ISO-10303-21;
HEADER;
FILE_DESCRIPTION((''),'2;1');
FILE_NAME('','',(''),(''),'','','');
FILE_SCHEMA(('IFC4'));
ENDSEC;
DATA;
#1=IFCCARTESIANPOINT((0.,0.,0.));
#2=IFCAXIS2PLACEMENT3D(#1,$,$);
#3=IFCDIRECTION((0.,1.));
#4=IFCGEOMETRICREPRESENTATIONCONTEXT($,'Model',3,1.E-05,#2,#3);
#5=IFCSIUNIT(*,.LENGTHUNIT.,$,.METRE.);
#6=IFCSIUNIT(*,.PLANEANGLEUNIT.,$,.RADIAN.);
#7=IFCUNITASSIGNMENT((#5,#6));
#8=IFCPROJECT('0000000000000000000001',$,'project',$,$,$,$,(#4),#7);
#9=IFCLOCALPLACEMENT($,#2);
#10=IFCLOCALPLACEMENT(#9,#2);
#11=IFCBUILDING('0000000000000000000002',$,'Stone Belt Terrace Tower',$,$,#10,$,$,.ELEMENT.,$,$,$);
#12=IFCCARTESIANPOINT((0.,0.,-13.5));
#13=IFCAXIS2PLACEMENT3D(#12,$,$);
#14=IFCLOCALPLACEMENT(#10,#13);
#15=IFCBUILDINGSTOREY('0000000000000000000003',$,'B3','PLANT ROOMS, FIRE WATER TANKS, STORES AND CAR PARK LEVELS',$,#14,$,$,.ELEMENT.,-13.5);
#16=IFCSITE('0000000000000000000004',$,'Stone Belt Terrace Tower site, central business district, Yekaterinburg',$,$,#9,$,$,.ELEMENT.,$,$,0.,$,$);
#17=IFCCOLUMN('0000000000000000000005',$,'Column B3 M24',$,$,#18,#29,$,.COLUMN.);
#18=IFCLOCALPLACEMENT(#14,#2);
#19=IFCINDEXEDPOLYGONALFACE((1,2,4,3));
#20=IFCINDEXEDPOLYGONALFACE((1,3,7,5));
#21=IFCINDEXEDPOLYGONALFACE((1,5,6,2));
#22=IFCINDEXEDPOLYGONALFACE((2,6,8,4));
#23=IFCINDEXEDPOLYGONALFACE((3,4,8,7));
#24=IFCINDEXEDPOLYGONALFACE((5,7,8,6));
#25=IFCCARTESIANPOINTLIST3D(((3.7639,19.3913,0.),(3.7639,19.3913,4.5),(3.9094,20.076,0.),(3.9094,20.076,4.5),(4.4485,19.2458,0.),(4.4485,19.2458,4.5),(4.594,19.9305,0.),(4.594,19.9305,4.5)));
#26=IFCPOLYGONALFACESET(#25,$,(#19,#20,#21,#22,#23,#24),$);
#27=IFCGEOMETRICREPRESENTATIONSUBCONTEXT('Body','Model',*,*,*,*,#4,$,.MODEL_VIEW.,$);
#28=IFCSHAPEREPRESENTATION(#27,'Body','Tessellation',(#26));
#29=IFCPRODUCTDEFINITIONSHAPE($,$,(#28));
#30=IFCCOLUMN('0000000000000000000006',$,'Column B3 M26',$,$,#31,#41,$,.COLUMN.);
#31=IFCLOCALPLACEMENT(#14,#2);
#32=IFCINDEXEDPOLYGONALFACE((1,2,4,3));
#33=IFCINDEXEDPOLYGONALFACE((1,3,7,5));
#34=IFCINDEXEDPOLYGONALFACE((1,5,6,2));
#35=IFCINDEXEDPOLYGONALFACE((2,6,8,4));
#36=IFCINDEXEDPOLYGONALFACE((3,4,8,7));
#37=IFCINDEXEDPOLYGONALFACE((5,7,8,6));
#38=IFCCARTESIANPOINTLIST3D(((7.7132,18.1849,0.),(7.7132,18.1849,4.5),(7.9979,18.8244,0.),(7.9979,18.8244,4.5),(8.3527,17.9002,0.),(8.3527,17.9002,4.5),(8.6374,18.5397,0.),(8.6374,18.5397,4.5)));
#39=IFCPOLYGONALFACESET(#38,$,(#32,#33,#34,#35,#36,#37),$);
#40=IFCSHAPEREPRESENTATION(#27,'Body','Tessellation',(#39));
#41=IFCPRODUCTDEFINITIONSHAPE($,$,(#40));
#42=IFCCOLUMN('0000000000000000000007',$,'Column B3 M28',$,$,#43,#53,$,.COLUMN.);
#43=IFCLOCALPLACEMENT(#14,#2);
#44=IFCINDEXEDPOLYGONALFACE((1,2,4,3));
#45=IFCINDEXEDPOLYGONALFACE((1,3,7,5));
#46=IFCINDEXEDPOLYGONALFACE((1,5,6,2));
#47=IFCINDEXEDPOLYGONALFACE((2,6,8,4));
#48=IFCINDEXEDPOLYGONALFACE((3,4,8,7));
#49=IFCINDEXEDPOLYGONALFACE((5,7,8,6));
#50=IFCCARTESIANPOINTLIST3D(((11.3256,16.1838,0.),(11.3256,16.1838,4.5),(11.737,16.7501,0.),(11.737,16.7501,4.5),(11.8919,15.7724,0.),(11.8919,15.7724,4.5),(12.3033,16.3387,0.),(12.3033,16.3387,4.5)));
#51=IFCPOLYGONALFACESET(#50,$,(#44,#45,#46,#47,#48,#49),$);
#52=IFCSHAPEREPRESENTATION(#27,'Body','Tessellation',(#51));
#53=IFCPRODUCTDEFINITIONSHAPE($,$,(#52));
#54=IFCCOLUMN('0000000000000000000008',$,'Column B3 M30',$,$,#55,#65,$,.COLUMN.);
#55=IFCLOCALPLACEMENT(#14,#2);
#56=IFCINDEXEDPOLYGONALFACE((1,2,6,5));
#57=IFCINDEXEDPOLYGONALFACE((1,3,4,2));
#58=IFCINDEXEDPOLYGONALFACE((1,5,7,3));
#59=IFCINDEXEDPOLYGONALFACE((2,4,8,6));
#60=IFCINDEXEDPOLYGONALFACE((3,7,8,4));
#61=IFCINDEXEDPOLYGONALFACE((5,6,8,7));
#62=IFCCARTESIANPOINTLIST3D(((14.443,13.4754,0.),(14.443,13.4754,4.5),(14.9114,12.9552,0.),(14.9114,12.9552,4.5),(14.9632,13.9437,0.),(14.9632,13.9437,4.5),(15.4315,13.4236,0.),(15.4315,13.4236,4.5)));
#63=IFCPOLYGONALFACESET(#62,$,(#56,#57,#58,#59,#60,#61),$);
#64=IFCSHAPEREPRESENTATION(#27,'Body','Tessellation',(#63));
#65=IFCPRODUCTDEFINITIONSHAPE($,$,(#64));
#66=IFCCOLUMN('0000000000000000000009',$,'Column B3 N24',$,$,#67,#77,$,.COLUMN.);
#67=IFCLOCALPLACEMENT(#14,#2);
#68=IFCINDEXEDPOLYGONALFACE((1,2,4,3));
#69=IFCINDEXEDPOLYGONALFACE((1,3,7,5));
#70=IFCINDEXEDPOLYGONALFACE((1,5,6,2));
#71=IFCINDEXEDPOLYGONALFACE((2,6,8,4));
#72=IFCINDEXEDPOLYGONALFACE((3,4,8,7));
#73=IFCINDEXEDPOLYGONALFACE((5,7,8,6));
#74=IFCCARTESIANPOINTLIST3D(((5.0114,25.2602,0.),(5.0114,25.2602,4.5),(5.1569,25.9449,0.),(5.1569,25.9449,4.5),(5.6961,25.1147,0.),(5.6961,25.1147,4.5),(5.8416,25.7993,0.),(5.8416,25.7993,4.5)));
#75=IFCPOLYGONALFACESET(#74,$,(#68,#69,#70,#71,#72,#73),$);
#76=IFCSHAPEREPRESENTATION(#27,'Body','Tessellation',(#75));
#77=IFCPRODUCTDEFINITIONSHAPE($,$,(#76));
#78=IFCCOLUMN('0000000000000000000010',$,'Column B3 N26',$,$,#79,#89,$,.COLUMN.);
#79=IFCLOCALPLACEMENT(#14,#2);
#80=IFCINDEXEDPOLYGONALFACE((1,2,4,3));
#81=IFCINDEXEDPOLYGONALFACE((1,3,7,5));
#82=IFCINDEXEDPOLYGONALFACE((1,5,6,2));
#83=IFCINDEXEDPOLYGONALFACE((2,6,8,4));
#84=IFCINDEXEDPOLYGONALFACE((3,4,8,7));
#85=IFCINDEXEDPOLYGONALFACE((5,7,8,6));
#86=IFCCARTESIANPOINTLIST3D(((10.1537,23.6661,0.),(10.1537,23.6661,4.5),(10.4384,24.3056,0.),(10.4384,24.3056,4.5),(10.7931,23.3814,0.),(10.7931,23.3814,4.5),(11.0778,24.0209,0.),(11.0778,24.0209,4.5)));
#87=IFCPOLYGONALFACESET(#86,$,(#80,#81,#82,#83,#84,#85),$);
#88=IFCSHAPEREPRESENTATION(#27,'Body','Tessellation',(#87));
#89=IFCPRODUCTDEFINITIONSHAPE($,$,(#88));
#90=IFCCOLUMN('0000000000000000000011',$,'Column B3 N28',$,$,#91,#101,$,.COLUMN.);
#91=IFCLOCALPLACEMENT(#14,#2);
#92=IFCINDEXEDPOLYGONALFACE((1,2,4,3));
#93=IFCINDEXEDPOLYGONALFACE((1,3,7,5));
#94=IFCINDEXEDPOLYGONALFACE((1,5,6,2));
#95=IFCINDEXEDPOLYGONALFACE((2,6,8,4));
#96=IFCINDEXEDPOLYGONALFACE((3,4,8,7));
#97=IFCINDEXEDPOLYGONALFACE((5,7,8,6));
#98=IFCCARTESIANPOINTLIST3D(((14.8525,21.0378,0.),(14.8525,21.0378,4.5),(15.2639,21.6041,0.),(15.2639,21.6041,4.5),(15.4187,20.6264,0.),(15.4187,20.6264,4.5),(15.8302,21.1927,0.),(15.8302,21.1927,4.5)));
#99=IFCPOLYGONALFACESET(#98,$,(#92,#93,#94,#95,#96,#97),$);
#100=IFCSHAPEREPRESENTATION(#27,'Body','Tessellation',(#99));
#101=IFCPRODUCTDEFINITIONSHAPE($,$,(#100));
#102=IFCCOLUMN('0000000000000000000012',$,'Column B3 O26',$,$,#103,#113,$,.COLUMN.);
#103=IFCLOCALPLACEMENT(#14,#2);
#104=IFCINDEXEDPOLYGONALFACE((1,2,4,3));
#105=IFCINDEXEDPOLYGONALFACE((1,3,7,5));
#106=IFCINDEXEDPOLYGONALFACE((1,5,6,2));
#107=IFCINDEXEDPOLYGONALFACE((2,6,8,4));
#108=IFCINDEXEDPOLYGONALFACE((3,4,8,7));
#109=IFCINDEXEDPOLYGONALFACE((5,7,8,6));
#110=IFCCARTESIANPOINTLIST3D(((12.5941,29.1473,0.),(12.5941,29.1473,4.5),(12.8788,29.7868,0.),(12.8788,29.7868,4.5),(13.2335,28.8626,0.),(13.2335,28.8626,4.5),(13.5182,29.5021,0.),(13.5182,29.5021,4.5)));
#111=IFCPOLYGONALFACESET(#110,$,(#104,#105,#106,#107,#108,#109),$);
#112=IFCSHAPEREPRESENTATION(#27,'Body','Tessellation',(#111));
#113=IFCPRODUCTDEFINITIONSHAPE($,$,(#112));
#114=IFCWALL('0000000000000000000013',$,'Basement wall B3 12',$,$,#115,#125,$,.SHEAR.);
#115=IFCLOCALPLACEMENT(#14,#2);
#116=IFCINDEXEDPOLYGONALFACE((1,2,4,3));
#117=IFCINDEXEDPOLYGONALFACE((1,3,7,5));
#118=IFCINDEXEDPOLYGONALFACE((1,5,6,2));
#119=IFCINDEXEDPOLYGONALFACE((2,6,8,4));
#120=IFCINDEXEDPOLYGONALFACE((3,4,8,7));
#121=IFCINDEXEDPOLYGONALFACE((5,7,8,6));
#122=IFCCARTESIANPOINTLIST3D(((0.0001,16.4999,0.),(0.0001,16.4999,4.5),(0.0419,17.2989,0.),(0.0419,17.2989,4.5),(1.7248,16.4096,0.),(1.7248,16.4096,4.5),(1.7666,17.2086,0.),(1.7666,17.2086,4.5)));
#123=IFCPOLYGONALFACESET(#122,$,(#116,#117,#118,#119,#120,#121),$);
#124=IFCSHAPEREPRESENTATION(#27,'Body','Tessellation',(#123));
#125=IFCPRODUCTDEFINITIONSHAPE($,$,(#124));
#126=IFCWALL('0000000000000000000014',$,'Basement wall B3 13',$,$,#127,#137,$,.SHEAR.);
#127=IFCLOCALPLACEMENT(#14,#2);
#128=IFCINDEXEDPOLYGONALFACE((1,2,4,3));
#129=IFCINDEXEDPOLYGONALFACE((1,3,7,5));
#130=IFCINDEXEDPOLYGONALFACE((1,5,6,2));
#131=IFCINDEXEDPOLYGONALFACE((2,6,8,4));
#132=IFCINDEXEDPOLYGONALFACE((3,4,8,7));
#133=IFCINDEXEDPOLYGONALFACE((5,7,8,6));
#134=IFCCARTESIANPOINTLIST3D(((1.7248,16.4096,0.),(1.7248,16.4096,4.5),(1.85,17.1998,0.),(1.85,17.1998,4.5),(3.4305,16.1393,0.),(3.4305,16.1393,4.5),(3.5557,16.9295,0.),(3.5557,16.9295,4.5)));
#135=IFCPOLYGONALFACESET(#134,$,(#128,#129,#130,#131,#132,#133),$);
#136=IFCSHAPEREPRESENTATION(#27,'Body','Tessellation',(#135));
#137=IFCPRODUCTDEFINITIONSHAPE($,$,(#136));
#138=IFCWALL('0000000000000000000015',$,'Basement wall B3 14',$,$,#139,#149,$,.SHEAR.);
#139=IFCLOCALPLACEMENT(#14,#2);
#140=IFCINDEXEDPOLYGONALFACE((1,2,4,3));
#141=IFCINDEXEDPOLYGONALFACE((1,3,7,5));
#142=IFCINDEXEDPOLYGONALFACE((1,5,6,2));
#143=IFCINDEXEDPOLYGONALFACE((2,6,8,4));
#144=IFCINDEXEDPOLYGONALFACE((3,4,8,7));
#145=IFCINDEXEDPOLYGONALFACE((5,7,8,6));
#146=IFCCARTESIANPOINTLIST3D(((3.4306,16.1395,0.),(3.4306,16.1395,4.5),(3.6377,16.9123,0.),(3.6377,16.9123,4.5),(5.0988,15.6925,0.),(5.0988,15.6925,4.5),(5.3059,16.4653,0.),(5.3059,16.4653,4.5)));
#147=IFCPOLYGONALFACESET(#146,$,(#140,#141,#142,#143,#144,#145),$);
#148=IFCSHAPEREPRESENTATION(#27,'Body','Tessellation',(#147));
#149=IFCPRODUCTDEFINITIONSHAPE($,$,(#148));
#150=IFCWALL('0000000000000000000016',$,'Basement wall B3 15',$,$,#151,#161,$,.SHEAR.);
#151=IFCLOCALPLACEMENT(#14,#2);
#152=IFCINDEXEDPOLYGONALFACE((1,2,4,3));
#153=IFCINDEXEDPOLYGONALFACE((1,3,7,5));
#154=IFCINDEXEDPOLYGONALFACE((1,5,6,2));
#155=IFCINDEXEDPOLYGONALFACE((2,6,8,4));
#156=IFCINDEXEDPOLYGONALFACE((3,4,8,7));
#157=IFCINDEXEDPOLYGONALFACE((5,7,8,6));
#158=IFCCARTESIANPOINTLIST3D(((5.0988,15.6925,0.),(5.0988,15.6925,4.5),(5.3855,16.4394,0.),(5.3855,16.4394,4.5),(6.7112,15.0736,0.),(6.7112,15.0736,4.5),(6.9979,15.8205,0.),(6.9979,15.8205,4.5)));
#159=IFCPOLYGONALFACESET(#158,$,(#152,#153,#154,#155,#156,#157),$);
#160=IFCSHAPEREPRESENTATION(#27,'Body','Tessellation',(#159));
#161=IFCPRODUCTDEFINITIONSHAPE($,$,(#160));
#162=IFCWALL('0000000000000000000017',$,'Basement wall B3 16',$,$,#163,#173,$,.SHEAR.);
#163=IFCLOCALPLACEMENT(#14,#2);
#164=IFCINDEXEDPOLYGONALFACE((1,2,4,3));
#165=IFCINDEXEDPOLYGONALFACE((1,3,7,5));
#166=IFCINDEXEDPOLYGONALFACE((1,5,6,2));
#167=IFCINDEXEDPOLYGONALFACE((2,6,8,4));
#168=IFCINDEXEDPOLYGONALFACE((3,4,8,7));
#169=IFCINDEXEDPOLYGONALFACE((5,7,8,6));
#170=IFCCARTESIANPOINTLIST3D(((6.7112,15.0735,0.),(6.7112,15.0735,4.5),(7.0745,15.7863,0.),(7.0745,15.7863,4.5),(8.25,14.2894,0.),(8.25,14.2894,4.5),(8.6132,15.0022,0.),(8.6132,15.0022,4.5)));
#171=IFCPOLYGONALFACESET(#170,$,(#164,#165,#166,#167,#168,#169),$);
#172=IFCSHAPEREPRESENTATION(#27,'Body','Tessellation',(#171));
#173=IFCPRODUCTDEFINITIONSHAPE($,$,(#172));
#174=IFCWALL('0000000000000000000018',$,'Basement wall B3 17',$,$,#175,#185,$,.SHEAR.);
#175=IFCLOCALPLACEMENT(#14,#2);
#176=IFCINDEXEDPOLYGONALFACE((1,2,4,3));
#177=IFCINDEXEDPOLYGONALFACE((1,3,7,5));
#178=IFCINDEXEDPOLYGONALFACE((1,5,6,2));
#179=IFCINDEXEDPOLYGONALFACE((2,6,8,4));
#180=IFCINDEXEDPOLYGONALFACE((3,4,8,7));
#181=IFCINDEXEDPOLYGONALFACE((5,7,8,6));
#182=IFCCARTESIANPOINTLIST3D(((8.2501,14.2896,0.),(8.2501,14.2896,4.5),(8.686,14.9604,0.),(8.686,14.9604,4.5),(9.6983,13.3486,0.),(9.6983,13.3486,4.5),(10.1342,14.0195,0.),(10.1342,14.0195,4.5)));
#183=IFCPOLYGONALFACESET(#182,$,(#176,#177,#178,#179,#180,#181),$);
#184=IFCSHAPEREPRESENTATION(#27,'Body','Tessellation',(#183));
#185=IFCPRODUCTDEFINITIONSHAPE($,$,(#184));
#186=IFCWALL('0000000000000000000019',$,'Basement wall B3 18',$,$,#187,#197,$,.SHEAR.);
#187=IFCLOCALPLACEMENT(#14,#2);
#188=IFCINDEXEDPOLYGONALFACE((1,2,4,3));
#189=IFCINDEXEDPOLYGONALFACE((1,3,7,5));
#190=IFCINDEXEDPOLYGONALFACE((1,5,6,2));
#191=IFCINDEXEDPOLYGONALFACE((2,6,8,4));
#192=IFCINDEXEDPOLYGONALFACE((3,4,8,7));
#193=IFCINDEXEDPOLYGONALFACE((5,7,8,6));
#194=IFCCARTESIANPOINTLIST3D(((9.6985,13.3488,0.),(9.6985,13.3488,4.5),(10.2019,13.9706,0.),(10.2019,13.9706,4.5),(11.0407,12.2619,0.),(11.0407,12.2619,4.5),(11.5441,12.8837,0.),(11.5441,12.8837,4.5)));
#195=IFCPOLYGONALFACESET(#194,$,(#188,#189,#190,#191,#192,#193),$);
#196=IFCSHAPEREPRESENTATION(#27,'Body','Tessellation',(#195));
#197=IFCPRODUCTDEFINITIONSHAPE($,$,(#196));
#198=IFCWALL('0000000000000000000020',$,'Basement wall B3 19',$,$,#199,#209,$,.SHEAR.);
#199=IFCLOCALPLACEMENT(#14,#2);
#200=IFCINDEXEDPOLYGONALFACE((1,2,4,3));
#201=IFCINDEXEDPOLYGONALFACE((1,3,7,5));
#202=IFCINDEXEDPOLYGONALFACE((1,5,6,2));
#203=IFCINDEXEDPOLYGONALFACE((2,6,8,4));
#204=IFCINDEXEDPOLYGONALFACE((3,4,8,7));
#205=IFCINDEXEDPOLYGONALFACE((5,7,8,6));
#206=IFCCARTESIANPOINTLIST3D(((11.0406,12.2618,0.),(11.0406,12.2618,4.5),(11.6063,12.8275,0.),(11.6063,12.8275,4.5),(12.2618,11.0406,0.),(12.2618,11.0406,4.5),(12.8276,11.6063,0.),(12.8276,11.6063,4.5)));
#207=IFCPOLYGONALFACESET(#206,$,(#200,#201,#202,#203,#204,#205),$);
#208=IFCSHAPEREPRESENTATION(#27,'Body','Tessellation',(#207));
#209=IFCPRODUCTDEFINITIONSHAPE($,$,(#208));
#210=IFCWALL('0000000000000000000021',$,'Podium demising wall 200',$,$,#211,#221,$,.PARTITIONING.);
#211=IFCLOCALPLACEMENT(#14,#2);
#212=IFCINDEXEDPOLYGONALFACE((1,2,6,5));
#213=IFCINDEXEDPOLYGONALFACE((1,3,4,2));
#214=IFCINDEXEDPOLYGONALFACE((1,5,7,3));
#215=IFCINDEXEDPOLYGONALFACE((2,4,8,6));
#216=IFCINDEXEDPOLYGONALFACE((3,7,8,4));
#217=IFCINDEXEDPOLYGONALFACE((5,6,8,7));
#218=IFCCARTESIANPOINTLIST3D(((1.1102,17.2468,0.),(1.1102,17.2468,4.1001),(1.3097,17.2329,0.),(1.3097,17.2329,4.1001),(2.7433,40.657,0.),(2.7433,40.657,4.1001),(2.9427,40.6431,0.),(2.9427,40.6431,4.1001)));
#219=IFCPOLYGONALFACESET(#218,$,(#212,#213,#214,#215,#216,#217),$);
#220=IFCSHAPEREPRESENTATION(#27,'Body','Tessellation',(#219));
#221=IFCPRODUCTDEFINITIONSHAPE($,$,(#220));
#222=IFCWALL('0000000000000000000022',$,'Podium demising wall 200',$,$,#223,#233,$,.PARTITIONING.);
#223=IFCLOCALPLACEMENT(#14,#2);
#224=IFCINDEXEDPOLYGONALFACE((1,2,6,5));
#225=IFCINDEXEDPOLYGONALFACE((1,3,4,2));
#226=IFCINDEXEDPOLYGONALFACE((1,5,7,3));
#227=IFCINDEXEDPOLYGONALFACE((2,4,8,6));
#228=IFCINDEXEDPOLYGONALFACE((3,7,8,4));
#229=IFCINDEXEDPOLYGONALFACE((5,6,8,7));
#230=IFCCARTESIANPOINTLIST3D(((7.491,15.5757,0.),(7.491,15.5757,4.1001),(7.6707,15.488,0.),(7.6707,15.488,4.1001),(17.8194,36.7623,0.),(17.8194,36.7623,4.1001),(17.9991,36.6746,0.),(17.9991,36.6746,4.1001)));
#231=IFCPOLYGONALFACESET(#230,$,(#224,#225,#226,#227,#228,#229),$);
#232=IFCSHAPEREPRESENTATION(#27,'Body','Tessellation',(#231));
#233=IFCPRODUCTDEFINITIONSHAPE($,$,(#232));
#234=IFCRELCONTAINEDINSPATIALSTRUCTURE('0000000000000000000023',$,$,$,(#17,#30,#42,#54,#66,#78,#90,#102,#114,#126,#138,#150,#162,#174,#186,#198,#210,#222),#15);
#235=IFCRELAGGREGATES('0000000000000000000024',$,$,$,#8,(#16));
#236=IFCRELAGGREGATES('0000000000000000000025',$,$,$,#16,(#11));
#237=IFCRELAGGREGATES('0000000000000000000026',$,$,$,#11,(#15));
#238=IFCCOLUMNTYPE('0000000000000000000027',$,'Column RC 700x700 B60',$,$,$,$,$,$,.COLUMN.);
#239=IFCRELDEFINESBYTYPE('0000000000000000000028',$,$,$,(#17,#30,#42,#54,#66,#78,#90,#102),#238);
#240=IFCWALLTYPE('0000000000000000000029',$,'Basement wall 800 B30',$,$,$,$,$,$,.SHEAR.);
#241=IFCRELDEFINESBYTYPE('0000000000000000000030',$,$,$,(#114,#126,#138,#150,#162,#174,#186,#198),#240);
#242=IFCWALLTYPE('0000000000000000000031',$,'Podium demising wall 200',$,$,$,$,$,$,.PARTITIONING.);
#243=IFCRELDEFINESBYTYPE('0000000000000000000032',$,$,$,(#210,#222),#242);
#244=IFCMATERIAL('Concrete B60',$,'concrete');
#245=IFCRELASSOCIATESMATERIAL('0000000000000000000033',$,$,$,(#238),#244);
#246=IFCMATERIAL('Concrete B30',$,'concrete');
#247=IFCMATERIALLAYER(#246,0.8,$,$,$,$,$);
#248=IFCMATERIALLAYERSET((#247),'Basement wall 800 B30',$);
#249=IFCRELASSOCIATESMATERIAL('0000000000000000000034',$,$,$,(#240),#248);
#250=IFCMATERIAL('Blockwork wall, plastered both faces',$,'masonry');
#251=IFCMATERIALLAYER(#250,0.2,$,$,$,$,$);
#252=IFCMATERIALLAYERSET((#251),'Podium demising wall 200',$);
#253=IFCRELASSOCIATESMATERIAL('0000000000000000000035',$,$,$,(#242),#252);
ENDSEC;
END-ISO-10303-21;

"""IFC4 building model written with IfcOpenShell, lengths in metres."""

from ifc_helpers import new_model, si_unit, direction, frame, frame_2d, origin, origin_2d, place, context, subcontext, project, spatial, rectangle, extrude, material, layer, layer_set, material_profile, profile_set, type_object, element, save


model = new_model("IFC4")

# Units and contexts
model_context = context("Model", 3, precision=1e-05, world=origin(), true_north=direction((0.0, 1.0)))
body_context = subcontext(model_context, "Body", "Model", "MODEL_VIEW")
ifc_project = project(units=[si_unit("LENGTHUNIT", "METRE"), si_unit("PLANEANGLEUNIT", "RADIAN")], contexts=[model_context])

# Site, building, storey
site_placement = place(None, origin())
site = spatial("IfcSite", under=ifc_project, at=site_placement, Name="Stone Belt Terrace Tower site, central business district, Yekaterinburg", CompositionType="ELEMENT", RefElevation=0.0)
building_placement = place(site_placement, origin())
building = spatial("IfcBuilding", under=site, at=building_placement, Name="Stone Belt Terrace Tower", CompositionType="ELEMENT")
storey_placement = place(building_placement, frame((0.0, 0.0, -13.5)))
storey = spatial("IfcBuildingStorey", under=building, at=storey_placement, Name="B3", Description="PLANT ROOMS, FIRE WATER TANKS, STORES AND CAR PARK LEVELS", CompositionType="ELEMENT", Elevation=-13.5)

# Columns
ifc_material_1 = material(Name="Concrete B60", Category="concrete")
ifc_material_profile_1 = material_profile(ifc_material_1, rectangle(XDim=0.7, YDim=0.7, at=origin_2d()), Name="RC 700x700")
ifc_profile_set_1 = profile_set([ifc_material_profile_1], Name="Concrete B60")
column_type = type_object("IfcColumnType", Name="Column RC 700x700 B60", PredefinedType="COLUMN", material=ifc_profile_set_1)
for number, where, z_axis, x_axis, name in (
    (1, (4.179, 19.6609, 0.0), (0.0, 0.0, 1.0), (0.978148, -0.207912, 0.0), "Column B3 M24"),
    (2, (8.1753, 18.3623, 0.0), (0.0, 0.0, 1.0), (0.913545, -0.406737, 0.0), "Column B3 M26"),
    (3, (11.8145, 16.2612, 0.0), (0.0, 0.0, 1.0), (0.809017, -0.587785, 0.0), "Column B3 M28"),
    (4, (14.9373, 13.4495, 0.0), (0.0, 0.0, 1.0), (0.669131, -0.743145, 0.0), "Column B3 M30"),
    (5, (5.4265, 25.5298, 0.0), (0.0, 0.0, 1.0), (0.978148, -0.207912, 0.0), "Column B3 N24"),
    (6, (10.6157, 23.8435, 0.0), (0.0, 0.0, 1.0), (0.913545, -0.406737, 0.0), "Column B3 N26"),
    (7, (15.3413, 21.1152, 0.0), (0.0, 0.0, 1.0), (0.809017, -0.587785, 0.0), "Column B3 N28"),
    (8, (13.0562, 29.3247, 0.0), (0.0, 0.0, 1.0), (0.913545, -0.406737, 0.0), "Column B3 O26"),
):
    element("IfcColumn", number, at=place(storey_placement, frame(where, z_axis=z_axis, x_axis=x_axis)), inside=storey, type_object=column_type, Name=name, PredefinedType="COLUMN", context=body_context, shape_type="SweptSolid", body=[
        extrude(rectangle(XDim=0.7, YDim=0.7, at=origin_2d()), origin(), (0.0, 0.0, 1.0), 4.5),
    ])

# Walls
ifc_material_2 = material(Name="Concrete B30", Category="concrete")
ifc_layer_1 = layer(ifc_material_2, 0.8)
ifc_layer_set_1 = layer_set([ifc_layer_1], Name="Basement wall 800 B30")
wall_type_1 = type_object("IfcWallType", Name="Basement wall 800 B30", PredefinedType="SHEAR", material=ifc_layer_set_1)
for number, where, z_axis, x_axis, name in (
    (9, (0.021, 16.8994, 0.0), (0.0, 0.0, 1.0), (0.998631, -0.052307, 0.0), "Basement wall B3 12"),
    (10, (1.7874, 16.8047, 0.0), (0.0, 0.0, 1.0), (0.98768, -0.156485, 0.0), "Basement wall B3 13"),
    (11, (3.5342, 16.5259, 0.0), (0.0, 0.0, 1.0), (0.965922, -0.258833, 0.0), "Basement wall B3 14"),
    (12, (5.2422, 16.0659, 0.0), (0.0, 0.0, 1.0), (0.933582, -0.358363, 0.0), "Basement wall B3 15"),
    (13, (6.8928, 15.4299, 0.0), (0.0, 0.0, 1.0), (0.89098, -0.454042, 0.0), "Basement wall B3 16"),
    (14, (8.468, 14.625, 0.0), (0.0, 0.0, 1.0), (0.83856, -0.544809, 0.0), "Basement wall B3 17"),
    (15, (9.9502, 13.6597, 0.0), (0.0, 0.0, 1.0), (0.777159, -0.629304, 0.0), "Basement wall B3 18"),
    (16, (11.3235, 12.5447, 0.0), (0.0, 0.0, 1.0), (0.707107, -0.707107, 0.0), "Basement wall B3 19"),
):
    element("IfcWall", number, at=place(storey_placement, frame(where, z_axis=z_axis, x_axis=x_axis)), inside=storey, type_object=wall_type_1, Name=name, PredefinedType="SHEAR", context=body_context, shape_type="SweptSolid", body=[
        extrude(rectangle(XDim=1.7271, YDim=0.8, at=frame_2d((0.8635, 0.0))), origin(), (0.0, 0.0, 1.0), 4.5),
    ])
ifc_material_3 = material(Name="Blockwork wall, plastered both faces", Category="masonry")
ifc_layer_2 = layer(ifc_material_3, 0.2)
ifc_layer_set_2 = layer_set([ifc_layer_2], Name="Podium demising wall 200")
wall_type_2 = type_object("IfcWallType", Name="Podium demising wall 200", PredefinedType="PARTITIONING", material=ifc_layer_set_2)
wall_1_placement = place(storey_placement, frame((1.21, 17.24, 0.0), z_axis=(0.0, 0.0, 1.0), x_axis=(0.069589, 0.997576, 0.0)))
element("IfcWall", 17, at=wall_1_placement, inside=storey, type_object=wall_type_2, Name="Podium demising wall 200", PredefinedType="PARTITIONING", context=body_context, shape_type="SweptSolid", body=[
    extrude(rectangle(XDim=23.467, YDim=0.2, at=frame_2d((11.7334, 0.0))), origin(), (0.0, 0.0, 1.0), 4.1001),
])
wall_2_placement = place(storey_placement, frame((7.5808, 15.5317, 0.0), z_axis=(0.0, 0.0, 1.0), x_axis=(0.4382, 0.898877, 0.0)))
element("IfcWall", 18, at=wall_2_placement, inside=storey, type_object=wall_type_2, Name="Podium demising wall 200", PredefinedType="PARTITIONING", context=body_context, shape_type="SweptSolid", body=[
    extrude(rectangle(XDim=23.5701, YDim=0.2, at=frame_2d((11.7852, 0.0))), origin(), (0.0, 0.0, 1.0), 4.1001),
])

save(model, "model.ifc")
